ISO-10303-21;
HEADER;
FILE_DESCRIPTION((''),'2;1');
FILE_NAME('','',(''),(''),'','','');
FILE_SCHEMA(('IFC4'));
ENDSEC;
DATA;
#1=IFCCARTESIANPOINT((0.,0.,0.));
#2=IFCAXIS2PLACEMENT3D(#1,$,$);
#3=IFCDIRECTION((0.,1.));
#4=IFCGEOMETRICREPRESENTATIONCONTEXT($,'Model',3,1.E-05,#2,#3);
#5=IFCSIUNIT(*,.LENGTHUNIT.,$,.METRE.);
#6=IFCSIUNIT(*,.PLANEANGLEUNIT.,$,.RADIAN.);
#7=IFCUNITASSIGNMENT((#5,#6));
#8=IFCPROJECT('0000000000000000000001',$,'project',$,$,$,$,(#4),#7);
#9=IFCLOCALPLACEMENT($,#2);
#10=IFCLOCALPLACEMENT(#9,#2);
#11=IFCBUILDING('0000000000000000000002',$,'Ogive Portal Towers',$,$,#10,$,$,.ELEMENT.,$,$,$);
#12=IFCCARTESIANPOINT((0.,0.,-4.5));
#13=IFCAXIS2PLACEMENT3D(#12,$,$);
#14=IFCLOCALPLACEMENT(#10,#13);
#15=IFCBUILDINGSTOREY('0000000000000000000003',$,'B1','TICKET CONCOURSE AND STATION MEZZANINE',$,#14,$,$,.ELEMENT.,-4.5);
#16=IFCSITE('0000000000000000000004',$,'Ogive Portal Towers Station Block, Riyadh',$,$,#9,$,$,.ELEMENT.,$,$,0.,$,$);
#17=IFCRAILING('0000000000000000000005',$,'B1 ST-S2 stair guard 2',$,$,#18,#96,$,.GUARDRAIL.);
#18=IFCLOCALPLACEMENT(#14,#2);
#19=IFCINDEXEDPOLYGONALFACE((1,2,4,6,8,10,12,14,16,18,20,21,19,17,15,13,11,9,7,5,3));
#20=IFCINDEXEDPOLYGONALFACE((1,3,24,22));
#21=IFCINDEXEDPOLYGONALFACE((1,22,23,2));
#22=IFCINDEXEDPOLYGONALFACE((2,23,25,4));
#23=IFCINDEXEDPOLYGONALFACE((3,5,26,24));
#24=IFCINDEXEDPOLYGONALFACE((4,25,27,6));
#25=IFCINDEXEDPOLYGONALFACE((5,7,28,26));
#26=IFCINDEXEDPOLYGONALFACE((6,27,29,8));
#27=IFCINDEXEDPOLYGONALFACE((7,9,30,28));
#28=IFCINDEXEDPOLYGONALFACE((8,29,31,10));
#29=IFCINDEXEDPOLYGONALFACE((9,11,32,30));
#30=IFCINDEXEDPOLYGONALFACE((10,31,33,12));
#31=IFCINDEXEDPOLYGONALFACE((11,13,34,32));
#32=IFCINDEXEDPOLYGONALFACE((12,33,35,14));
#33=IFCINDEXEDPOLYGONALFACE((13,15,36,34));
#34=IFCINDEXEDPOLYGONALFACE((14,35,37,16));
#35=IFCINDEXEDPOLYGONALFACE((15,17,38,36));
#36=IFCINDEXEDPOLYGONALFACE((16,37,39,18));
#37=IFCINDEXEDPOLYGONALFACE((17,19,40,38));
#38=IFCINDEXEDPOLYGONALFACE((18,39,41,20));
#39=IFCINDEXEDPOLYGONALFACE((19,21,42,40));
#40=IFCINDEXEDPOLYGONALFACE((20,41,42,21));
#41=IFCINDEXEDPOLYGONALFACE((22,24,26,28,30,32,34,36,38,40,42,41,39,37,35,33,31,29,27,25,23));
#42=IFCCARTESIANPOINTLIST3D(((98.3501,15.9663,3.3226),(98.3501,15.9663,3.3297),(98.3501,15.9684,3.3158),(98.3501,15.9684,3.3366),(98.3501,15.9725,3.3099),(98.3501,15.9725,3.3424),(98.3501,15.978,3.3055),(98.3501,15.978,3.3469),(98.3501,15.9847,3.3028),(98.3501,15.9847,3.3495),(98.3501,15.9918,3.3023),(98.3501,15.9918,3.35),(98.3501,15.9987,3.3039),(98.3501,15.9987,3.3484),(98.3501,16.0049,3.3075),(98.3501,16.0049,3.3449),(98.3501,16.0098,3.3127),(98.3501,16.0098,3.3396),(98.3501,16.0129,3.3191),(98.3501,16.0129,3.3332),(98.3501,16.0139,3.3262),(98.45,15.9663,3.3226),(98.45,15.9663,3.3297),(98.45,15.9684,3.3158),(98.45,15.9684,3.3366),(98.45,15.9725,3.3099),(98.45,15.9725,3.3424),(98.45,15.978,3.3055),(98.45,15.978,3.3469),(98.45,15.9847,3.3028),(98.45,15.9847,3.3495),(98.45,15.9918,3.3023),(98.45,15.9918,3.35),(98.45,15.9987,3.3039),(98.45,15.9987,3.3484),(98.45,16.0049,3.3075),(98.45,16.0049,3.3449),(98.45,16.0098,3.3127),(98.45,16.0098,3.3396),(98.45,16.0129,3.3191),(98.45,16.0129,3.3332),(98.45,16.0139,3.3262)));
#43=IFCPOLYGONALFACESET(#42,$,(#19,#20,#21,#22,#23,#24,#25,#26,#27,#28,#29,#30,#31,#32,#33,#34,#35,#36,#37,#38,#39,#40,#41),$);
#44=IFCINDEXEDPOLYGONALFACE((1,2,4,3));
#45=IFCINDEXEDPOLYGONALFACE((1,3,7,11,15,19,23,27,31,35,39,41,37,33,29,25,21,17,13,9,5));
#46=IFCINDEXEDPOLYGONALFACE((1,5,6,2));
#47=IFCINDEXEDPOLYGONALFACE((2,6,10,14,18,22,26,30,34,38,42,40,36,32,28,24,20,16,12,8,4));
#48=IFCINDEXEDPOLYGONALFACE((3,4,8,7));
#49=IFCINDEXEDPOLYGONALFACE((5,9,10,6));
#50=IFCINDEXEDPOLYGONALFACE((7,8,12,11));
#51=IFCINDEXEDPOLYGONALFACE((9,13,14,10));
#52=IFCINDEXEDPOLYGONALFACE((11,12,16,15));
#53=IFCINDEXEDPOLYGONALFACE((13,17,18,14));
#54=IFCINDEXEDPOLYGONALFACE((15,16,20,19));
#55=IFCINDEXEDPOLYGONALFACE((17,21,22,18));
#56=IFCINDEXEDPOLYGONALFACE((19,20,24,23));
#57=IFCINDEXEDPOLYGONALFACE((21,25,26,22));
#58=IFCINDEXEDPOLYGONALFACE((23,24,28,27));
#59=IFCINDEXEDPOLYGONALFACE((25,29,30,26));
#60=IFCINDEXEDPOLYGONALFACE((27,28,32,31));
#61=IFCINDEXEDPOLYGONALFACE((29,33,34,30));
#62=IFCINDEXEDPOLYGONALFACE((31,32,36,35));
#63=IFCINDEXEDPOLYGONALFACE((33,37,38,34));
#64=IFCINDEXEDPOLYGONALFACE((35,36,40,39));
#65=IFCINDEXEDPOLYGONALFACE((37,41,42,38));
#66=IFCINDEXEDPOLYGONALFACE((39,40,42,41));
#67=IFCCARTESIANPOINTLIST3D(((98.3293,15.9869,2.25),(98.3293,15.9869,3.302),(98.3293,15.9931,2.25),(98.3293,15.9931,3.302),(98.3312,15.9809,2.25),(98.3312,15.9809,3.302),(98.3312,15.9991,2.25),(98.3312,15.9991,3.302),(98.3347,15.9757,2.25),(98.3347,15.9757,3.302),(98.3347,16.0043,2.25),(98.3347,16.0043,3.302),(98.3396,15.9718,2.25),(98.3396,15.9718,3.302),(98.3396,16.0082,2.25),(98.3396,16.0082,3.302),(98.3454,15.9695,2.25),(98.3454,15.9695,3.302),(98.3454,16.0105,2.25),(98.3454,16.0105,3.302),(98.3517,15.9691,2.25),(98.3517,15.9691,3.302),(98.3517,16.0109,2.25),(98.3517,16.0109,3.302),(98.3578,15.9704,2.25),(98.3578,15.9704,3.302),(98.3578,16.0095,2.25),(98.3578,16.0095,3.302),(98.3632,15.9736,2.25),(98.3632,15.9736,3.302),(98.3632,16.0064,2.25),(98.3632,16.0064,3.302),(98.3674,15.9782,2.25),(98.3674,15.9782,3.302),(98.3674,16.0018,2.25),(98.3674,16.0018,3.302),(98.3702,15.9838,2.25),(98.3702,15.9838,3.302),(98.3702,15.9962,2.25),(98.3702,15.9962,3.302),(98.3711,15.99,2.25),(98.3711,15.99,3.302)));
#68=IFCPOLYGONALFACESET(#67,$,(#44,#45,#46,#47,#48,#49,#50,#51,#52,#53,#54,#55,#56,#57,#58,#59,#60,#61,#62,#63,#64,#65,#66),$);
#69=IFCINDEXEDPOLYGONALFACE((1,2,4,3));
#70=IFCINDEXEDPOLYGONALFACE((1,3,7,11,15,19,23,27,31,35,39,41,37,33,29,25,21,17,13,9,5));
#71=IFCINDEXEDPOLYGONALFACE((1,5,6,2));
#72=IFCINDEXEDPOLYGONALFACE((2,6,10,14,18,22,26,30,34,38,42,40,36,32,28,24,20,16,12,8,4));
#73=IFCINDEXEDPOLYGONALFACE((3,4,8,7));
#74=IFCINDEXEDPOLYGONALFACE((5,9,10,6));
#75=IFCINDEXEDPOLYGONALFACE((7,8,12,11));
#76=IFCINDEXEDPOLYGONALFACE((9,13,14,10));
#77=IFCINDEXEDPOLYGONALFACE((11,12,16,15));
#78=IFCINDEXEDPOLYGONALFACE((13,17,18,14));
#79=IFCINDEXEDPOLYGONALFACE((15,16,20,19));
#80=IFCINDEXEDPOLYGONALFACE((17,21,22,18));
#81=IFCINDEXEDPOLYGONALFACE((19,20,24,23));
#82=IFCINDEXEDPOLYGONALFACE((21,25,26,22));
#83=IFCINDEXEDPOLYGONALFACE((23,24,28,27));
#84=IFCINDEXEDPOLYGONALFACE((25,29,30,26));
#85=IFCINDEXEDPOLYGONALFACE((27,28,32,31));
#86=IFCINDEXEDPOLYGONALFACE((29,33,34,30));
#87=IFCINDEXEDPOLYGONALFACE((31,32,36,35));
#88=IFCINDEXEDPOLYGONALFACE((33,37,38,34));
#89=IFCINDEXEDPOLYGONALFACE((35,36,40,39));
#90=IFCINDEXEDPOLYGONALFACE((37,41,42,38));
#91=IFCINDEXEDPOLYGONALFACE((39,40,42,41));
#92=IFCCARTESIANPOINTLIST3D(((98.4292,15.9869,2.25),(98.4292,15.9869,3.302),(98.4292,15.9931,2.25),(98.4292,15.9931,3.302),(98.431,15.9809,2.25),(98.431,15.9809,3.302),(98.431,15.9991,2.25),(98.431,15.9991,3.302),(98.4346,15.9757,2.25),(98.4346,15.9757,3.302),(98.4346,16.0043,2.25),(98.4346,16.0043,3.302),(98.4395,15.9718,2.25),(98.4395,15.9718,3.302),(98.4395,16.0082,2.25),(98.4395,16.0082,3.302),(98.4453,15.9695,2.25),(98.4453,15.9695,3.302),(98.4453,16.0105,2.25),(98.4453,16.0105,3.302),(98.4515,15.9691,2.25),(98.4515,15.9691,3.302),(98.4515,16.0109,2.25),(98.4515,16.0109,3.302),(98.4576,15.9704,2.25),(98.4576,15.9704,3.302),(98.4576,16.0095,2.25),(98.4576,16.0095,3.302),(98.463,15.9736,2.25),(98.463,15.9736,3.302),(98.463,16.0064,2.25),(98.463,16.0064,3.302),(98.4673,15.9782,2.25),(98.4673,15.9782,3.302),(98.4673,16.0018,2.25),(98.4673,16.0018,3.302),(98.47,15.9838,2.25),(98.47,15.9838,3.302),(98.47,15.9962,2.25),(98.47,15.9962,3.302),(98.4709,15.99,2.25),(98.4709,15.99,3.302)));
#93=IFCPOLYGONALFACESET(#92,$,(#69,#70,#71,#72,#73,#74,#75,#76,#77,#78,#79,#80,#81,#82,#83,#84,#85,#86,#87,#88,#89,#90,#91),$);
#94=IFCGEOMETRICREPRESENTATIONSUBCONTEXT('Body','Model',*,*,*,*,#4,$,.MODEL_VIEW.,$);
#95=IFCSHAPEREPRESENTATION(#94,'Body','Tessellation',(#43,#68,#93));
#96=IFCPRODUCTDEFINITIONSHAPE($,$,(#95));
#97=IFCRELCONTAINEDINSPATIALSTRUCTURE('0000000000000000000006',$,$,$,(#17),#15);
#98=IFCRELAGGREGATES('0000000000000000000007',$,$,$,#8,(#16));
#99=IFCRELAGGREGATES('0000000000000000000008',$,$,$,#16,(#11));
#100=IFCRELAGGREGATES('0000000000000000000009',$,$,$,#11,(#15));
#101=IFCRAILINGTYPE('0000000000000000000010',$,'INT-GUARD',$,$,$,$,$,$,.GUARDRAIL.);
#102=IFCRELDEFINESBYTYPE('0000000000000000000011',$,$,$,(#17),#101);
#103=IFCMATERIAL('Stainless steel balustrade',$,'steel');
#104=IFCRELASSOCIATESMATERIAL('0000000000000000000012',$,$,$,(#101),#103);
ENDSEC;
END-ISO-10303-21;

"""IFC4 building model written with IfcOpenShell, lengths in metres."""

from ifc_helpers import new_model, si_unit, direction, frame, origin, origin_2d, place, context, subcontext, project, spatial, circle, extrude, material, type_object, element, save


model = new_model("IFC4")

# Units and contexts
model_context = context("Model", 3, precision=1e-05, world=origin(), true_north=direction((0.0, 1.0)))
body_context = subcontext(model_context, "Body", "Model", "MODEL_VIEW")
ifc_project = project(units=[si_unit("LENGTHUNIT", "METRE"), si_unit("PLANEANGLEUNIT", "RADIAN")], contexts=[model_context])

# Site, building, storey
site_placement = place(None, origin())
site = spatial("IfcSite", under=ifc_project, at=site_placement, Name="Ogive Portal Towers Station Block, Riyadh", CompositionType="ELEMENT", RefElevation=0.0)
building_placement = place(site_placement, origin())
building = spatial("IfcBuilding", under=site, at=building_placement, Name="Ogive Portal Towers", CompositionType="ELEMENT")
storey_placement = place(building_placement, frame((0.0, 0.0, -4.5)))
storey = spatial("IfcBuildingStorey", under=building, at=storey_placement, Name="B1", Description="TICKET CONCOURSE AND STATION MEZZANINE", CompositionType="ELEMENT", Elevation=-4.5)

# Railing
ifc_material_1 = material(Name="Stainless steel balustrade", Category="steel")
railing_type_1 = type_object("IfcRailingType", Name="INT-GUARD", PredefinedType="GUARDRAIL", material=ifc_material_1)
railing_1_placement = place(storey_placement, frame((98.3501, 15.99, 2.25)))
element("IfcRailing", 1, at=railing_1_placement, inside=storey, type_object=railing_type_1, Name="B1 ST-S2 stair guard 2", PredefinedType="GUARDRAIL", context=body_context, shape_type="SweptSolid", body=[
    extrude(circle(Radius=0.0239, at=origin_2d()), frame((0.0, 0.0, 1.0762), z_axis=(1.0, 0.0, 0.0), x_axis=(0.0, 1.0, 0.0)), (0.0, 0.0, 1.0), 0.0999),
    extrude(circle(Radius=0.021, at=origin_2d()), origin(), (0.0, 0.0, 1.0), 1.052),
    extrude(circle(Radius=0.021, at=origin_2d()), frame((0.0999, 0.0, 0.0)), (0.0, 0.0, 1.0), 1.052),
])

save(model, "model.ifc")
